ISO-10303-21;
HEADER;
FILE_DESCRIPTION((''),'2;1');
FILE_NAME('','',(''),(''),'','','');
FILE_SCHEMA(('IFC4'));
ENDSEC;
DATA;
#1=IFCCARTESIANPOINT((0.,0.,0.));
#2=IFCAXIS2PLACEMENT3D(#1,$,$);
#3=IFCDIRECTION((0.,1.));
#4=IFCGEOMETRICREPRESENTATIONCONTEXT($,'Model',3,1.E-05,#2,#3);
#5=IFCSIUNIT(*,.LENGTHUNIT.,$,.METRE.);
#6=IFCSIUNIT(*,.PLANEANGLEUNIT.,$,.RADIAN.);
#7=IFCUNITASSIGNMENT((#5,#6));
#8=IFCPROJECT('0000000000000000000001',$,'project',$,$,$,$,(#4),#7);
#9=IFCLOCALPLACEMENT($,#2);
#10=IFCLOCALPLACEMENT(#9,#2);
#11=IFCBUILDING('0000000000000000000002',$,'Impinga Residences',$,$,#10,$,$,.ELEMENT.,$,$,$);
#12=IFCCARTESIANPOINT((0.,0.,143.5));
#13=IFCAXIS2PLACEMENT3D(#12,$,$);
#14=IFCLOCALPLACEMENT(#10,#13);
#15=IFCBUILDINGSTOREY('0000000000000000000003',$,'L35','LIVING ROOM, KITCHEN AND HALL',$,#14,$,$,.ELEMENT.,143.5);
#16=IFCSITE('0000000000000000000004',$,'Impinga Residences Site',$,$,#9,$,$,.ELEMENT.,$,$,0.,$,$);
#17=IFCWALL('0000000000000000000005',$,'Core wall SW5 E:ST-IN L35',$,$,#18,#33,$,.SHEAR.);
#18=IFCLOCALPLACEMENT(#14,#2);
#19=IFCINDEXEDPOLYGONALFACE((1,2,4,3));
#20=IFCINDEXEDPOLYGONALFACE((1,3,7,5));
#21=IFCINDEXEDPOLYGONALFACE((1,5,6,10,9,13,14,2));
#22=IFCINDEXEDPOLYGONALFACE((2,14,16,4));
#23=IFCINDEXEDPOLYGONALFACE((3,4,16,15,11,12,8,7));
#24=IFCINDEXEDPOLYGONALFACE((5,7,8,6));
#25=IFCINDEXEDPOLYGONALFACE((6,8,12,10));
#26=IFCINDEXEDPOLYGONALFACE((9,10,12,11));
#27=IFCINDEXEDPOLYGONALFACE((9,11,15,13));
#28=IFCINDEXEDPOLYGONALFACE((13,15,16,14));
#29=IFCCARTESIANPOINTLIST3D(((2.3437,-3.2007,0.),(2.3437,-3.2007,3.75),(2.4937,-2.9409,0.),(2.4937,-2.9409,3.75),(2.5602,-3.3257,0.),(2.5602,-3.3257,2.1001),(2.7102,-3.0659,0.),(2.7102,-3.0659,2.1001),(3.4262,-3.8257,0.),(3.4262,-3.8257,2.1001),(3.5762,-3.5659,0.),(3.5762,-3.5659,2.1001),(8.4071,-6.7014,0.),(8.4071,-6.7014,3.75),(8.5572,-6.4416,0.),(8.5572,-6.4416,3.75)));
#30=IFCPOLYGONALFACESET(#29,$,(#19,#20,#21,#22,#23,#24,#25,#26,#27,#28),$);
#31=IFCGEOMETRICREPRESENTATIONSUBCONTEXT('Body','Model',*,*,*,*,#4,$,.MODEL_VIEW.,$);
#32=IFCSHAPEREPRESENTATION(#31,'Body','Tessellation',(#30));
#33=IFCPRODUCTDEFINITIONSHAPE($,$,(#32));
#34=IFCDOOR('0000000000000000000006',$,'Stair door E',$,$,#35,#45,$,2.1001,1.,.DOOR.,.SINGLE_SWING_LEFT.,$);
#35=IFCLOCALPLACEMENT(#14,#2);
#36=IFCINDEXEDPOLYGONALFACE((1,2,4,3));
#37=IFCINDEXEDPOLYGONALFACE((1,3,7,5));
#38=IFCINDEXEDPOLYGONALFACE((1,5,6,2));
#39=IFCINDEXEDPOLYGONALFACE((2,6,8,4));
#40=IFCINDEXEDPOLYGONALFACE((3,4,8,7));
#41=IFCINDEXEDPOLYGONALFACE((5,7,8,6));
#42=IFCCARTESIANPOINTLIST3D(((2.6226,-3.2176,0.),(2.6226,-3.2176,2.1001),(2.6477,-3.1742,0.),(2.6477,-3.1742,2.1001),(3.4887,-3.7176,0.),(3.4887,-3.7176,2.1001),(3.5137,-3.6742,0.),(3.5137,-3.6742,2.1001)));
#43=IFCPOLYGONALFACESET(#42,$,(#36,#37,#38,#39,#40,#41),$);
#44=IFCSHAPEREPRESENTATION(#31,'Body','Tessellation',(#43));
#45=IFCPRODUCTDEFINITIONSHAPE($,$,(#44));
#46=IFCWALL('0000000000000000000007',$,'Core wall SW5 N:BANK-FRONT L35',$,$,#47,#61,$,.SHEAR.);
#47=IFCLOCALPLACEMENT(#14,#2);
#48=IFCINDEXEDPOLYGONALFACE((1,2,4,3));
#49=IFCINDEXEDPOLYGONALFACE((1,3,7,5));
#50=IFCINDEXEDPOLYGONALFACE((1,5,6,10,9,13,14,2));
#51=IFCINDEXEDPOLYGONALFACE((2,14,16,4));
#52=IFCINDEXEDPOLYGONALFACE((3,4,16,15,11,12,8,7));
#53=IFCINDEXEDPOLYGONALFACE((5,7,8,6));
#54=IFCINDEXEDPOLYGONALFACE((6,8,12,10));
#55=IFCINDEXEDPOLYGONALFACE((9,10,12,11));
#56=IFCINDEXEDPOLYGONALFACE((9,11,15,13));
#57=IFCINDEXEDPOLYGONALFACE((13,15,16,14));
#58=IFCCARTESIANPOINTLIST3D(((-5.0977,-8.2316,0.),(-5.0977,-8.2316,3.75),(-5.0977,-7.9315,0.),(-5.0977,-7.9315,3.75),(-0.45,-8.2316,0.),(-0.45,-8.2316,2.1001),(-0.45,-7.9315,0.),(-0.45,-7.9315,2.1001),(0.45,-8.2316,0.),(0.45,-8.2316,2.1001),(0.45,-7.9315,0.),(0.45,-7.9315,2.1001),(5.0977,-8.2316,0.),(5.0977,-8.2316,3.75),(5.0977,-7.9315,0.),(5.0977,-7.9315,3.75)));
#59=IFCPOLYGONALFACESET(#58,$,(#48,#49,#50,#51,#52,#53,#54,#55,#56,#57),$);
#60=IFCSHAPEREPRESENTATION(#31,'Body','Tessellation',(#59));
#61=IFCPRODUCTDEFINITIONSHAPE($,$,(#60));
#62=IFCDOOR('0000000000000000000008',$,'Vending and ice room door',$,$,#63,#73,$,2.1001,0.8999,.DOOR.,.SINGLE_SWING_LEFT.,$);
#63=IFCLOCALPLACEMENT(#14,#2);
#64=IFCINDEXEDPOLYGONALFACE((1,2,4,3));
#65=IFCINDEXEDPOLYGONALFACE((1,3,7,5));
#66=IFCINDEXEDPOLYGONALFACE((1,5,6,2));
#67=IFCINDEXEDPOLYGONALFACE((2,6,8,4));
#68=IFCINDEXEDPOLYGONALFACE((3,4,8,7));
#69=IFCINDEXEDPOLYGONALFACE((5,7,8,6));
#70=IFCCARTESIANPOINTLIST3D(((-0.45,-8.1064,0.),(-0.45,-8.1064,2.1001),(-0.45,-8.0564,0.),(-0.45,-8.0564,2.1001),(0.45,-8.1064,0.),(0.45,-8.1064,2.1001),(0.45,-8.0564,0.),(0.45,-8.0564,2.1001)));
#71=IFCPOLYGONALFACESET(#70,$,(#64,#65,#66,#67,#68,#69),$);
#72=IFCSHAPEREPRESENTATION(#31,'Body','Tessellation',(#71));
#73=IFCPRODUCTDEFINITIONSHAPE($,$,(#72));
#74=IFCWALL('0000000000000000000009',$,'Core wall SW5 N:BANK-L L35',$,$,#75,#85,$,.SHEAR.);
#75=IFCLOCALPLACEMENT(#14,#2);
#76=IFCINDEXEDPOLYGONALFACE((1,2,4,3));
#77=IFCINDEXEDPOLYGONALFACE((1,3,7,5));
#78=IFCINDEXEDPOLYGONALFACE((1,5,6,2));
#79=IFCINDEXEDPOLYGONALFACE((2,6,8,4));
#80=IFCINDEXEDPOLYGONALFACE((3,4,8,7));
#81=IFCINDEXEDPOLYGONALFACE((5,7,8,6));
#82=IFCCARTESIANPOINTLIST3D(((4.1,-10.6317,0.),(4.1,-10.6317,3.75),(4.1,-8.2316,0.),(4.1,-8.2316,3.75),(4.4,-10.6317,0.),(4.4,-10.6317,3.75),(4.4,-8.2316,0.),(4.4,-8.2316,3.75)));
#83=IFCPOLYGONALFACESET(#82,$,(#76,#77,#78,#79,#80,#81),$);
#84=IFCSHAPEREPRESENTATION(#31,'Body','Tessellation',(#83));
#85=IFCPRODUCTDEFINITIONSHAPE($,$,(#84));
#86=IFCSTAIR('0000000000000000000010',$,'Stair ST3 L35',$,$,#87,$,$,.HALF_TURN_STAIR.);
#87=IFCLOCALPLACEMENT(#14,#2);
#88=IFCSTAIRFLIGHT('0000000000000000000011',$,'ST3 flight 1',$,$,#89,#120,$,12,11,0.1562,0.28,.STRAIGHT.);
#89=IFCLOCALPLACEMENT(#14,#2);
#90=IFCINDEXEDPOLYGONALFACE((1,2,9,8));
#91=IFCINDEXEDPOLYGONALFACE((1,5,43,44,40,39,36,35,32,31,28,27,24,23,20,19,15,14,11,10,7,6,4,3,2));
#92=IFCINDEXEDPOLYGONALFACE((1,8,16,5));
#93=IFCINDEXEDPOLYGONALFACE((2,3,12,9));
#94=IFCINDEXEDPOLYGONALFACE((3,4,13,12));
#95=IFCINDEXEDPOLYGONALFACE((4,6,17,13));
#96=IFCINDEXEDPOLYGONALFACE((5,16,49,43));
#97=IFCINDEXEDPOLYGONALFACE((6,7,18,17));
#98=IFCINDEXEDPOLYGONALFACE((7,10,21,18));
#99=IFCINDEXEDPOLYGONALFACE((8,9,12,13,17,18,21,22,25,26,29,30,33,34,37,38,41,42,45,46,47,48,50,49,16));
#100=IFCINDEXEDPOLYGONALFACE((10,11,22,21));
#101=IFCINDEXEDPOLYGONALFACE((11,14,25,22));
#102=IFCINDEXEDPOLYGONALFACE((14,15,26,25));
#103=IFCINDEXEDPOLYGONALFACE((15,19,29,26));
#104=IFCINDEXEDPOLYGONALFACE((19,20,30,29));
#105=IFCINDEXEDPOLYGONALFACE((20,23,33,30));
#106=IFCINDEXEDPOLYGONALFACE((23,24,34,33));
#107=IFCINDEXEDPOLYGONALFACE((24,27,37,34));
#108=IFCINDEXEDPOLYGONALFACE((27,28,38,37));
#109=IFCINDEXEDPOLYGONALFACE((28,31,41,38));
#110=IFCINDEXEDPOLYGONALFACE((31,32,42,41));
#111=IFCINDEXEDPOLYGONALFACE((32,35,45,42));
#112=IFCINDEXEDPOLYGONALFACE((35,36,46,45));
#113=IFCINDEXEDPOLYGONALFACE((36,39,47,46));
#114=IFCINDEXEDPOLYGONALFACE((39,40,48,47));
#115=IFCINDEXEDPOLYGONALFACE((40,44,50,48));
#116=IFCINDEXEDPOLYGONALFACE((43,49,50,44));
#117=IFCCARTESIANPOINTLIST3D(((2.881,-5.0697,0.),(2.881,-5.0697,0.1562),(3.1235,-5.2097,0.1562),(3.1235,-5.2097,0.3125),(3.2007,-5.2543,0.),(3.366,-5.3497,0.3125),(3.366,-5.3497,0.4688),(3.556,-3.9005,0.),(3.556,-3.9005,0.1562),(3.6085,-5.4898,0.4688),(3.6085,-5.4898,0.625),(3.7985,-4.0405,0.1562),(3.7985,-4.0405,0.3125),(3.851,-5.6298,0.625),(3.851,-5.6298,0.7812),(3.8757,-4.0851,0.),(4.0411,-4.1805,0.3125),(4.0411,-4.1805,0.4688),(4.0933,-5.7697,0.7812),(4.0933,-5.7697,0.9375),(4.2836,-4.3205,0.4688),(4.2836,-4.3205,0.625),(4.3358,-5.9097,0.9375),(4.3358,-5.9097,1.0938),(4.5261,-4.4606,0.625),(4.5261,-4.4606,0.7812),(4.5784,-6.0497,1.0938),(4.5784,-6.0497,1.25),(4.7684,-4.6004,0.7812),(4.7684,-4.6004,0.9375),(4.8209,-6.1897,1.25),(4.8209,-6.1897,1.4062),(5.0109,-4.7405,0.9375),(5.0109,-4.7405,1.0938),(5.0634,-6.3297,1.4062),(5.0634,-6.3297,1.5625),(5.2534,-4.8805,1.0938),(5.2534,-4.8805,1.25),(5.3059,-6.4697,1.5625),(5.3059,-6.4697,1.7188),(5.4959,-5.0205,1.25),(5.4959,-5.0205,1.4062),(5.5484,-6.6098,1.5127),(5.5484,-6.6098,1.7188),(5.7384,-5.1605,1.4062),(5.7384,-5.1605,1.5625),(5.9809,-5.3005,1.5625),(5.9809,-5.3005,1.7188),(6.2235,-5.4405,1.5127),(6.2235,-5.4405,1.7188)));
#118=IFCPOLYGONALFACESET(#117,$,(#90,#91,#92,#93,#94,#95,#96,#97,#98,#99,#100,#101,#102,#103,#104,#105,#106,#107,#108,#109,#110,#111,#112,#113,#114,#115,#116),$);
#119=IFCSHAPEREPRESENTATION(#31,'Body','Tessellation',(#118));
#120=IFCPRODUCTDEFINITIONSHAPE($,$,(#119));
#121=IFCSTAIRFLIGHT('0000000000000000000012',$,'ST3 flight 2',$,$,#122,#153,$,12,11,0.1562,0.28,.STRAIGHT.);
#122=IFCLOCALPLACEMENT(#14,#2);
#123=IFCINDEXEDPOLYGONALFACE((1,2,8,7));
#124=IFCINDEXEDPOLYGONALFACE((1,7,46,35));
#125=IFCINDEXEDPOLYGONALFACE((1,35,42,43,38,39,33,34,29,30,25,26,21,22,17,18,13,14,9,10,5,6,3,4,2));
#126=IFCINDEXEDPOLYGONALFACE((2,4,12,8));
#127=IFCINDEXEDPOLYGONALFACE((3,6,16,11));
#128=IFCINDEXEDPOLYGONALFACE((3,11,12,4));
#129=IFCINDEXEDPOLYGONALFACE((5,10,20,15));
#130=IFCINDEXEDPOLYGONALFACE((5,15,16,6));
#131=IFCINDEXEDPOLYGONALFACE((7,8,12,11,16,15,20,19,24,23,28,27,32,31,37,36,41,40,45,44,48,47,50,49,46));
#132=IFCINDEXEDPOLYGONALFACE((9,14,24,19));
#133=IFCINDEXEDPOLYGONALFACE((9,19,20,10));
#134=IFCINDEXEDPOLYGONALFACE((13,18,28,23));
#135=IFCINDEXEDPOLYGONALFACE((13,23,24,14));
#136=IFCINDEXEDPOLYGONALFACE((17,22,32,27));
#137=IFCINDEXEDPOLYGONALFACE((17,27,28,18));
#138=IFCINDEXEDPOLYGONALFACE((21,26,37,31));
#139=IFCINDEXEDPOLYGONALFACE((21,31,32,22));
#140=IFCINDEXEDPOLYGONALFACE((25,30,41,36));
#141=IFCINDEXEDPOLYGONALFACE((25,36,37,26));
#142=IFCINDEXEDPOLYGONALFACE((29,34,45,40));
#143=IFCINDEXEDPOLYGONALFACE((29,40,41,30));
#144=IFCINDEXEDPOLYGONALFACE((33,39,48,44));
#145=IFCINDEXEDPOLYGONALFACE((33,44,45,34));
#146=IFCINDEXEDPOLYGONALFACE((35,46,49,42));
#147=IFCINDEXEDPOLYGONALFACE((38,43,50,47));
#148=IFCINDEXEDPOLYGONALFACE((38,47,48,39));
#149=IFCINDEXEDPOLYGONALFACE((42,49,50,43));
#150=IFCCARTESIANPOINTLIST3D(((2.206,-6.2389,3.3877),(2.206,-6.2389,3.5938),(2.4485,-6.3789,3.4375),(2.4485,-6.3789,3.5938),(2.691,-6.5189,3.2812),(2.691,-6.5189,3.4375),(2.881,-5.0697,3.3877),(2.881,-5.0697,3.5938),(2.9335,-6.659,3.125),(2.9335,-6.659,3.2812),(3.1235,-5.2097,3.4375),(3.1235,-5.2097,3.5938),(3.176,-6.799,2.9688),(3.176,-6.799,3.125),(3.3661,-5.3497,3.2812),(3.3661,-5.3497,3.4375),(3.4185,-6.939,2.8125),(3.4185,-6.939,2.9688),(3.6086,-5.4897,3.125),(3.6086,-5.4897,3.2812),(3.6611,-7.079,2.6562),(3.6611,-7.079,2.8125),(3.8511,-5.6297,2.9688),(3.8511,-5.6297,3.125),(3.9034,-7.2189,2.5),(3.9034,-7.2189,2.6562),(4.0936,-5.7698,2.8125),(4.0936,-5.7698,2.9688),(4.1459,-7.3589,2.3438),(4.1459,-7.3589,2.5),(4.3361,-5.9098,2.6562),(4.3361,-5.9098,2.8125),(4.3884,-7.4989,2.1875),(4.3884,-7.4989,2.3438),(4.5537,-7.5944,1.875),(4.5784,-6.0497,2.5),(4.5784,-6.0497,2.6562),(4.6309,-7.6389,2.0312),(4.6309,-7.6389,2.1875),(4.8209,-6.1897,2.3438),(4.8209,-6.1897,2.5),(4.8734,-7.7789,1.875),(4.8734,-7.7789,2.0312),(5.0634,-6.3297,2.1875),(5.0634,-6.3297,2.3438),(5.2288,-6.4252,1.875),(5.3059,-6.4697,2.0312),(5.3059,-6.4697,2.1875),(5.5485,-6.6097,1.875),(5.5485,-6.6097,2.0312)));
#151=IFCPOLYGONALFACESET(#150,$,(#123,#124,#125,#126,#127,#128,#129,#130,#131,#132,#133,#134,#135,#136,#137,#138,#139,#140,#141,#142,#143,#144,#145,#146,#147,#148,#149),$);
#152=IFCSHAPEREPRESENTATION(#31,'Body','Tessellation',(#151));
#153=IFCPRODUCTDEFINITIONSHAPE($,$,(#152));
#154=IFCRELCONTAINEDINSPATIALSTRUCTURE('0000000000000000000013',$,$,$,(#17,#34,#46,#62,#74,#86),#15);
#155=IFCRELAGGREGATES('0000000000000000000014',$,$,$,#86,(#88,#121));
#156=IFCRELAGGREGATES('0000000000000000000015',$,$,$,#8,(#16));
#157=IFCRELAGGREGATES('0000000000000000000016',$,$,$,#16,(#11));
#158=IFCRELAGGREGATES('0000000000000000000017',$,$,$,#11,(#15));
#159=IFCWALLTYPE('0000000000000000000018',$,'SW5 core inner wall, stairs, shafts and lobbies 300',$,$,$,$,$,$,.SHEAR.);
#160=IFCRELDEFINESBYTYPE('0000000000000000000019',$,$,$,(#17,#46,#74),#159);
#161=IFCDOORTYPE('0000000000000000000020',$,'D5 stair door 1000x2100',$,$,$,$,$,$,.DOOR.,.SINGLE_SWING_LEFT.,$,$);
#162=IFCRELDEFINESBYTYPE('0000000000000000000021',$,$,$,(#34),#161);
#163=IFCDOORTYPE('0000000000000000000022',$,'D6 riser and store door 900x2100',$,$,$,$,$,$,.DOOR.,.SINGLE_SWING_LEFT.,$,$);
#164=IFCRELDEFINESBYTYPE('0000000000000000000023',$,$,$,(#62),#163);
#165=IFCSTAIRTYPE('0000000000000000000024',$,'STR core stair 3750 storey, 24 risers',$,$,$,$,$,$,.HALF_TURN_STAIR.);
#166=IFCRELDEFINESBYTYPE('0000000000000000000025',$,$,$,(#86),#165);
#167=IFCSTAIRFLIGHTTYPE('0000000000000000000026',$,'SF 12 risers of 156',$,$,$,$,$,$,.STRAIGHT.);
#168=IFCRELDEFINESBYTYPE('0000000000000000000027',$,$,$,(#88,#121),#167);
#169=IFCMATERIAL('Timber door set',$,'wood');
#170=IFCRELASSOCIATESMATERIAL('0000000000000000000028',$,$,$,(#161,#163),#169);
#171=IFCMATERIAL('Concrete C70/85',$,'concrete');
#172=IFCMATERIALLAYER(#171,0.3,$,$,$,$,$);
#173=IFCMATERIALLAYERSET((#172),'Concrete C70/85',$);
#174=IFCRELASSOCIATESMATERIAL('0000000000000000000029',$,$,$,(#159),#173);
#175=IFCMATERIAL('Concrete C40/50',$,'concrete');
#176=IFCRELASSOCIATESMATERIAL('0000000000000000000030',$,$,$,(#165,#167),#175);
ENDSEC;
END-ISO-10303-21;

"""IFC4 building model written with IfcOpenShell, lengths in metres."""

from ifc_helpers import new_model, si_unit, direction, frame, frame_2d, origin, place, context, subcontext, project, spatial, polyline, rectangle, outline, extrude, material, layer, layer_set, type_object, element, fill, aggregate, save


model = new_model("IFC4")

# Units and contexts
model_context = context("Model", 3, precision=1e-05, world=origin(), true_north=direction((0.0, 1.0)))
body_context = subcontext(model_context, "Body", "Model", "MODEL_VIEW")
ifc_project = project(units=[si_unit("LENGTHUNIT", "METRE"), si_unit("PLANEANGLEUNIT", "RADIAN")], contexts=[model_context])

# Site, building, storey
site_placement = place(None, origin())
site = spatial("IfcSite", under=ifc_project, at=site_placement, Name="Impinga Residences Site", CompositionType="ELEMENT", RefElevation=0.0)
building_placement = place(site_placement, origin())
building = spatial("IfcBuilding", under=site, at=building_placement, Name="Impinga Residences", CompositionType="ELEMENT")
storey_placement = place(building_placement, frame((0.0, 0.0, 143.5)))
storey = spatial("IfcBuildingStorey", under=building, at=storey_placement, Name="L35", Description="LIVING ROOM, KITCHEN AND HALL", CompositionType="ELEMENT", Elevation=143.5)

# Shared definitions
ifc_material_1 = material(Name="Timber door set", Category="wood")
door_type_1 = type_object("IfcDoorType", Name="D5 stair door 1000x2100", OperationType="SINGLE_SWING_LEFT", PredefinedType="DOOR", material=ifc_material_1)

# Walls, openings, doors
ifc_material_2 = material(Name="Concrete C70/85", Category="concrete")
ifc_layer_1 = layer(ifc_material_2, 0.3)
ifc_layer_set_1 = layer_set([ifc_layer_1], Name="Concrete C70/85")
wall_type_1 = type_object("IfcWallType", Name="SW5 core inner wall, stairs, shafts and lobbies 300", PredefinedType="SHEAR", material=ifc_layer_set_1)
wall_1_placement = place(storey_placement, frame((2.4187, -3.0708, 0.0), z_axis=(0.0, 0.0, 1.0), x_axis=(0.866026, -0.499998, 0.0)))
wall_1 = element("IfcWall", 1, at=wall_1_placement, inside=storey, type_object=wall_type_1, Name="Core wall SW5 E:ST-IN L35", PredefinedType="SHEAR", context=body_context, shape_type="SweptSolid", body=[
    extrude(rectangle(XDim=7.0015, YDim=0.3, at=frame_2d((3.5007, 0.0))), origin(), (0.0, 0.0, 1.0), 3.75),
])
opening_1_placement = place(wall_1_placement, frame((0.25, 0.0, 0.0)))
opening_1 = element("IfcOpeningElement", 2, at=opening_1_placement, cuts=wall_1, PredefinedType="OPENING", context=body_context, shape_type="SweptSolid", body=[
    extrude(rectangle(XDim=1.0, YDim=2.1001, at=frame_2d((0.5, 1.05))), frame((0.0, 0.1599, 0.0), z_axis=(0.0, -1.0, 0.0), x_axis=(1.0, 0.0, 0.0)), (0.0, 0.0, 1.0), 0.3201),
])
door_1_placement = place(opening_1_placement, origin())
door_1 = element("IfcDoor", 3, at=door_1_placement, inside=storey, type_object=door_type_1, Name="Stair door E", OperationType="SINGLE_SWING_LEFT", OverallHeight=2.1001, OverallWidth=1.0, PredefinedType="DOOR", context=body_context, shape_type="SweptSolid", body=[
    extrude(rectangle(XDim=1.0, YDim=2.1001, at=frame_2d((0.5, 1.05))), frame((0.0, 0.0249, 0.0), z_axis=(0.0, -1.0, 0.0), x_axis=(1.0, 0.0, 0.0)), (0.0, 0.0, 1.0), 0.05),
])
fill(opening_1, door_1)
wall_2_placement = place(storey_placement, frame((5.0977, -8.0815, 0.0), z_axis=(0.0, 0.0, 1.0), x_axis=(-1.0, 0.0, 0.0)))
wall_2 = element("IfcWall", 4, at=wall_2_placement, inside=storey, type_object=wall_type_1, Name="Core wall SW5 N:BANK-FRONT L35", PredefinedType="SHEAR", context=body_context, shape_type="SweptSolid", body=[
    extrude(rectangle(XDim=10.1953, YDim=0.3, at=frame_2d((5.0977, 0.0))), origin(), (0.0, 0.0, 1.0), 3.75),
])
opening_2_placement = place(wall_2_placement, frame((4.6477, 0.0, 0.0)))
opening_2 = element("IfcOpeningElement", 5, at=opening_2_placement, cuts=wall_2, PredefinedType="OPENING", context=body_context, shape_type="SweptSolid", body=[
    extrude(rectangle(XDim=0.8999, YDim=2.1001, at=frame_2d((0.45, 1.05))), frame((0.0, 0.1599, 0.0), z_axis=(0.0, -1.0, 0.0), x_axis=(1.0, 0.0, 0.0)), (0.0, 0.0, 1.0), 0.3201),
])
door_type_2 = type_object("IfcDoorType", Name="D6 riser and store door 900x2100", OperationType="SINGLE_SWING_LEFT", PredefinedType="DOOR", material=ifc_material_1)
door_2_placement = place(opening_2_placement, origin())
door_2 = element("IfcDoor", 6, at=door_2_placement, inside=storey, type_object=door_type_2, Name="Vending and ice room door", OperationType="SINGLE_SWING_LEFT", OverallHeight=2.1001, OverallWidth=0.8999, PredefinedType="DOOR", context=body_context, shape_type="SweptSolid", body=[
    extrude(rectangle(XDim=0.8999, YDim=2.1001, at=frame_2d((0.45, 1.05))), frame((0.0, 0.0249, 0.0), z_axis=(0.0, -1.0, 0.0), x_axis=(1.0, 0.0, 0.0)), (0.0, 0.0, 1.0), 0.05),
])
fill(opening_2, door_2)

# Wall
wall_3_placement = place(storey_placement, frame((4.25, -8.2314, 0.0), z_axis=(0.0, 0.0, 1.0), x_axis=(0.0, -1.0, 0.0)))
element("IfcWall", 7, at=wall_3_placement, inside=storey, type_object=wall_type_1, Name="Core wall SW5 N:BANK-L L35", PredefinedType="SHEAR", context=body_context, shape_type="SweptSolid", body=[
    extrude(rectangle(XDim=2.4001, YDim=0.3, at=frame_2d((1.2002, 0.0))), origin(), (0.0, 0.0, 1.0), 3.75),
])

# Stair, stair flights
ifc_material_3 = material(Name="Concrete C40/50", Category="concrete")
stair_type = type_object("IfcStairType", Name="STR core stair 3750 storey, 24 risers", PredefinedType="HALF_TURN_STAIR", material=ifc_material_3)
stair_placement = place(storey_placement, origin())
stair = element("IfcStair", 8, at=stair_placement, inside=storey, type_object=stair_type, Name="Stair ST3 L35", PredefinedType="HALF_TURN_STAIR")
stair_flight_type = type_object("IfcStairFlightType", Name="SF 12 risers of 156", PredefinedType="STRAIGHT", material=ifc_material_3)
stair_flight_1_placement = place(storey_placement, frame((3.2185, -4.4851, 0.0), z_axis=(0.0, 0.0, 1.0), x_axis=(0.866025, -0.5, 0.0)))
stair_flight_1 = element("IfcStairFlight", 9, at=stair_flight_1_placement, type_object=stair_flight_type, Name="ST3 flight 1", NumberOfRisers=12, NumberOfTreads=11, PredefinedType="STRAIGHT", RiserHeight=0.1562, TreadLength=0.28, context=body_context, shape_type="SweptSolid", body=[
    extrude(outline(polyline([(0.0, 0.0), (0.0, 0.1562), (0.28, 0.1562), (0.28, 0.3125), (0.5601, 0.3125), (0.5601, 0.4688), (0.8401, 0.4688), (0.8401, 0.625), (1.1201, 0.625), (1.1201, 0.7812), (1.3999, 0.7812), (1.3999, 0.9375), (1.6799, 0.9375), (1.6799, 1.0938), (1.96, 1.0938), (1.96, 1.25), (2.24, 1.25), (2.24, 1.4062), (2.52, 1.4062), (2.52, 1.5625), (2.8, 1.5625), (2.8, 1.7188), (3.0801, 1.7188), (3.0801, 1.875), (3.0801, 1.5127), (0.3691, 0.0), (0.0, 0.0)])), frame((0.0, 0.675, 0.0), z_axis=(0.0, -1.0, 0.0), x_axis=(1.0, 0.0, 0.0)), (0.0, 0.0, 1.0), 1.3501),
])
stair_flight_2_placement = place(storey_placement, frame((5.2109, -7.1943, 1.875), z_axis=(0.0, 0.0, 1.0), x_axis=(-0.866025, 0.5, 0.0)))
stair_flight_2 = element("IfcStairFlight", 10, at=stair_flight_2_placement, type_object=stair_flight_type, Name="ST3 flight 2", NumberOfRisers=12, NumberOfTreads=11, PredefinedType="STRAIGHT", RiserHeight=0.1562, TreadLength=0.28, context=body_context, shape_type="SweptSolid", body=[
    extrude(outline(polyline([(0.0, 0.0), (0.0, 0.1562), (0.28, 0.1562), (0.28, 0.3125), (0.5601, 0.3125), (0.5601, 0.4688), (0.8401, 0.4688), (0.8401, 0.625), (1.1201, 0.625), (1.1201, 0.7812), (1.3999, 0.7812), (1.3999, 0.9375), (1.6799, 0.9375), (1.6799, 1.0938), (1.96, 1.0938), (1.96, 1.25), (2.24, 1.25), (2.24, 1.4062), (2.52, 1.4062), (2.52, 1.5625), (2.8, 1.5625), (2.8, 1.7188), (3.0801, 1.7188), (3.0801, 1.875), (3.0801, 1.5127), (0.3691, 0.0), (0.0, 0.0)])), frame((0.0, 0.675, 0.0), z_axis=(0.0, -1.0, 0.0), x_axis=(1.0, 0.0, 0.0)), (0.0, 0.0, 1.0), 1.3501),
])
aggregate(stair, [stair_flight_1, stair_flight_2])

save(model, "model.ifc")
